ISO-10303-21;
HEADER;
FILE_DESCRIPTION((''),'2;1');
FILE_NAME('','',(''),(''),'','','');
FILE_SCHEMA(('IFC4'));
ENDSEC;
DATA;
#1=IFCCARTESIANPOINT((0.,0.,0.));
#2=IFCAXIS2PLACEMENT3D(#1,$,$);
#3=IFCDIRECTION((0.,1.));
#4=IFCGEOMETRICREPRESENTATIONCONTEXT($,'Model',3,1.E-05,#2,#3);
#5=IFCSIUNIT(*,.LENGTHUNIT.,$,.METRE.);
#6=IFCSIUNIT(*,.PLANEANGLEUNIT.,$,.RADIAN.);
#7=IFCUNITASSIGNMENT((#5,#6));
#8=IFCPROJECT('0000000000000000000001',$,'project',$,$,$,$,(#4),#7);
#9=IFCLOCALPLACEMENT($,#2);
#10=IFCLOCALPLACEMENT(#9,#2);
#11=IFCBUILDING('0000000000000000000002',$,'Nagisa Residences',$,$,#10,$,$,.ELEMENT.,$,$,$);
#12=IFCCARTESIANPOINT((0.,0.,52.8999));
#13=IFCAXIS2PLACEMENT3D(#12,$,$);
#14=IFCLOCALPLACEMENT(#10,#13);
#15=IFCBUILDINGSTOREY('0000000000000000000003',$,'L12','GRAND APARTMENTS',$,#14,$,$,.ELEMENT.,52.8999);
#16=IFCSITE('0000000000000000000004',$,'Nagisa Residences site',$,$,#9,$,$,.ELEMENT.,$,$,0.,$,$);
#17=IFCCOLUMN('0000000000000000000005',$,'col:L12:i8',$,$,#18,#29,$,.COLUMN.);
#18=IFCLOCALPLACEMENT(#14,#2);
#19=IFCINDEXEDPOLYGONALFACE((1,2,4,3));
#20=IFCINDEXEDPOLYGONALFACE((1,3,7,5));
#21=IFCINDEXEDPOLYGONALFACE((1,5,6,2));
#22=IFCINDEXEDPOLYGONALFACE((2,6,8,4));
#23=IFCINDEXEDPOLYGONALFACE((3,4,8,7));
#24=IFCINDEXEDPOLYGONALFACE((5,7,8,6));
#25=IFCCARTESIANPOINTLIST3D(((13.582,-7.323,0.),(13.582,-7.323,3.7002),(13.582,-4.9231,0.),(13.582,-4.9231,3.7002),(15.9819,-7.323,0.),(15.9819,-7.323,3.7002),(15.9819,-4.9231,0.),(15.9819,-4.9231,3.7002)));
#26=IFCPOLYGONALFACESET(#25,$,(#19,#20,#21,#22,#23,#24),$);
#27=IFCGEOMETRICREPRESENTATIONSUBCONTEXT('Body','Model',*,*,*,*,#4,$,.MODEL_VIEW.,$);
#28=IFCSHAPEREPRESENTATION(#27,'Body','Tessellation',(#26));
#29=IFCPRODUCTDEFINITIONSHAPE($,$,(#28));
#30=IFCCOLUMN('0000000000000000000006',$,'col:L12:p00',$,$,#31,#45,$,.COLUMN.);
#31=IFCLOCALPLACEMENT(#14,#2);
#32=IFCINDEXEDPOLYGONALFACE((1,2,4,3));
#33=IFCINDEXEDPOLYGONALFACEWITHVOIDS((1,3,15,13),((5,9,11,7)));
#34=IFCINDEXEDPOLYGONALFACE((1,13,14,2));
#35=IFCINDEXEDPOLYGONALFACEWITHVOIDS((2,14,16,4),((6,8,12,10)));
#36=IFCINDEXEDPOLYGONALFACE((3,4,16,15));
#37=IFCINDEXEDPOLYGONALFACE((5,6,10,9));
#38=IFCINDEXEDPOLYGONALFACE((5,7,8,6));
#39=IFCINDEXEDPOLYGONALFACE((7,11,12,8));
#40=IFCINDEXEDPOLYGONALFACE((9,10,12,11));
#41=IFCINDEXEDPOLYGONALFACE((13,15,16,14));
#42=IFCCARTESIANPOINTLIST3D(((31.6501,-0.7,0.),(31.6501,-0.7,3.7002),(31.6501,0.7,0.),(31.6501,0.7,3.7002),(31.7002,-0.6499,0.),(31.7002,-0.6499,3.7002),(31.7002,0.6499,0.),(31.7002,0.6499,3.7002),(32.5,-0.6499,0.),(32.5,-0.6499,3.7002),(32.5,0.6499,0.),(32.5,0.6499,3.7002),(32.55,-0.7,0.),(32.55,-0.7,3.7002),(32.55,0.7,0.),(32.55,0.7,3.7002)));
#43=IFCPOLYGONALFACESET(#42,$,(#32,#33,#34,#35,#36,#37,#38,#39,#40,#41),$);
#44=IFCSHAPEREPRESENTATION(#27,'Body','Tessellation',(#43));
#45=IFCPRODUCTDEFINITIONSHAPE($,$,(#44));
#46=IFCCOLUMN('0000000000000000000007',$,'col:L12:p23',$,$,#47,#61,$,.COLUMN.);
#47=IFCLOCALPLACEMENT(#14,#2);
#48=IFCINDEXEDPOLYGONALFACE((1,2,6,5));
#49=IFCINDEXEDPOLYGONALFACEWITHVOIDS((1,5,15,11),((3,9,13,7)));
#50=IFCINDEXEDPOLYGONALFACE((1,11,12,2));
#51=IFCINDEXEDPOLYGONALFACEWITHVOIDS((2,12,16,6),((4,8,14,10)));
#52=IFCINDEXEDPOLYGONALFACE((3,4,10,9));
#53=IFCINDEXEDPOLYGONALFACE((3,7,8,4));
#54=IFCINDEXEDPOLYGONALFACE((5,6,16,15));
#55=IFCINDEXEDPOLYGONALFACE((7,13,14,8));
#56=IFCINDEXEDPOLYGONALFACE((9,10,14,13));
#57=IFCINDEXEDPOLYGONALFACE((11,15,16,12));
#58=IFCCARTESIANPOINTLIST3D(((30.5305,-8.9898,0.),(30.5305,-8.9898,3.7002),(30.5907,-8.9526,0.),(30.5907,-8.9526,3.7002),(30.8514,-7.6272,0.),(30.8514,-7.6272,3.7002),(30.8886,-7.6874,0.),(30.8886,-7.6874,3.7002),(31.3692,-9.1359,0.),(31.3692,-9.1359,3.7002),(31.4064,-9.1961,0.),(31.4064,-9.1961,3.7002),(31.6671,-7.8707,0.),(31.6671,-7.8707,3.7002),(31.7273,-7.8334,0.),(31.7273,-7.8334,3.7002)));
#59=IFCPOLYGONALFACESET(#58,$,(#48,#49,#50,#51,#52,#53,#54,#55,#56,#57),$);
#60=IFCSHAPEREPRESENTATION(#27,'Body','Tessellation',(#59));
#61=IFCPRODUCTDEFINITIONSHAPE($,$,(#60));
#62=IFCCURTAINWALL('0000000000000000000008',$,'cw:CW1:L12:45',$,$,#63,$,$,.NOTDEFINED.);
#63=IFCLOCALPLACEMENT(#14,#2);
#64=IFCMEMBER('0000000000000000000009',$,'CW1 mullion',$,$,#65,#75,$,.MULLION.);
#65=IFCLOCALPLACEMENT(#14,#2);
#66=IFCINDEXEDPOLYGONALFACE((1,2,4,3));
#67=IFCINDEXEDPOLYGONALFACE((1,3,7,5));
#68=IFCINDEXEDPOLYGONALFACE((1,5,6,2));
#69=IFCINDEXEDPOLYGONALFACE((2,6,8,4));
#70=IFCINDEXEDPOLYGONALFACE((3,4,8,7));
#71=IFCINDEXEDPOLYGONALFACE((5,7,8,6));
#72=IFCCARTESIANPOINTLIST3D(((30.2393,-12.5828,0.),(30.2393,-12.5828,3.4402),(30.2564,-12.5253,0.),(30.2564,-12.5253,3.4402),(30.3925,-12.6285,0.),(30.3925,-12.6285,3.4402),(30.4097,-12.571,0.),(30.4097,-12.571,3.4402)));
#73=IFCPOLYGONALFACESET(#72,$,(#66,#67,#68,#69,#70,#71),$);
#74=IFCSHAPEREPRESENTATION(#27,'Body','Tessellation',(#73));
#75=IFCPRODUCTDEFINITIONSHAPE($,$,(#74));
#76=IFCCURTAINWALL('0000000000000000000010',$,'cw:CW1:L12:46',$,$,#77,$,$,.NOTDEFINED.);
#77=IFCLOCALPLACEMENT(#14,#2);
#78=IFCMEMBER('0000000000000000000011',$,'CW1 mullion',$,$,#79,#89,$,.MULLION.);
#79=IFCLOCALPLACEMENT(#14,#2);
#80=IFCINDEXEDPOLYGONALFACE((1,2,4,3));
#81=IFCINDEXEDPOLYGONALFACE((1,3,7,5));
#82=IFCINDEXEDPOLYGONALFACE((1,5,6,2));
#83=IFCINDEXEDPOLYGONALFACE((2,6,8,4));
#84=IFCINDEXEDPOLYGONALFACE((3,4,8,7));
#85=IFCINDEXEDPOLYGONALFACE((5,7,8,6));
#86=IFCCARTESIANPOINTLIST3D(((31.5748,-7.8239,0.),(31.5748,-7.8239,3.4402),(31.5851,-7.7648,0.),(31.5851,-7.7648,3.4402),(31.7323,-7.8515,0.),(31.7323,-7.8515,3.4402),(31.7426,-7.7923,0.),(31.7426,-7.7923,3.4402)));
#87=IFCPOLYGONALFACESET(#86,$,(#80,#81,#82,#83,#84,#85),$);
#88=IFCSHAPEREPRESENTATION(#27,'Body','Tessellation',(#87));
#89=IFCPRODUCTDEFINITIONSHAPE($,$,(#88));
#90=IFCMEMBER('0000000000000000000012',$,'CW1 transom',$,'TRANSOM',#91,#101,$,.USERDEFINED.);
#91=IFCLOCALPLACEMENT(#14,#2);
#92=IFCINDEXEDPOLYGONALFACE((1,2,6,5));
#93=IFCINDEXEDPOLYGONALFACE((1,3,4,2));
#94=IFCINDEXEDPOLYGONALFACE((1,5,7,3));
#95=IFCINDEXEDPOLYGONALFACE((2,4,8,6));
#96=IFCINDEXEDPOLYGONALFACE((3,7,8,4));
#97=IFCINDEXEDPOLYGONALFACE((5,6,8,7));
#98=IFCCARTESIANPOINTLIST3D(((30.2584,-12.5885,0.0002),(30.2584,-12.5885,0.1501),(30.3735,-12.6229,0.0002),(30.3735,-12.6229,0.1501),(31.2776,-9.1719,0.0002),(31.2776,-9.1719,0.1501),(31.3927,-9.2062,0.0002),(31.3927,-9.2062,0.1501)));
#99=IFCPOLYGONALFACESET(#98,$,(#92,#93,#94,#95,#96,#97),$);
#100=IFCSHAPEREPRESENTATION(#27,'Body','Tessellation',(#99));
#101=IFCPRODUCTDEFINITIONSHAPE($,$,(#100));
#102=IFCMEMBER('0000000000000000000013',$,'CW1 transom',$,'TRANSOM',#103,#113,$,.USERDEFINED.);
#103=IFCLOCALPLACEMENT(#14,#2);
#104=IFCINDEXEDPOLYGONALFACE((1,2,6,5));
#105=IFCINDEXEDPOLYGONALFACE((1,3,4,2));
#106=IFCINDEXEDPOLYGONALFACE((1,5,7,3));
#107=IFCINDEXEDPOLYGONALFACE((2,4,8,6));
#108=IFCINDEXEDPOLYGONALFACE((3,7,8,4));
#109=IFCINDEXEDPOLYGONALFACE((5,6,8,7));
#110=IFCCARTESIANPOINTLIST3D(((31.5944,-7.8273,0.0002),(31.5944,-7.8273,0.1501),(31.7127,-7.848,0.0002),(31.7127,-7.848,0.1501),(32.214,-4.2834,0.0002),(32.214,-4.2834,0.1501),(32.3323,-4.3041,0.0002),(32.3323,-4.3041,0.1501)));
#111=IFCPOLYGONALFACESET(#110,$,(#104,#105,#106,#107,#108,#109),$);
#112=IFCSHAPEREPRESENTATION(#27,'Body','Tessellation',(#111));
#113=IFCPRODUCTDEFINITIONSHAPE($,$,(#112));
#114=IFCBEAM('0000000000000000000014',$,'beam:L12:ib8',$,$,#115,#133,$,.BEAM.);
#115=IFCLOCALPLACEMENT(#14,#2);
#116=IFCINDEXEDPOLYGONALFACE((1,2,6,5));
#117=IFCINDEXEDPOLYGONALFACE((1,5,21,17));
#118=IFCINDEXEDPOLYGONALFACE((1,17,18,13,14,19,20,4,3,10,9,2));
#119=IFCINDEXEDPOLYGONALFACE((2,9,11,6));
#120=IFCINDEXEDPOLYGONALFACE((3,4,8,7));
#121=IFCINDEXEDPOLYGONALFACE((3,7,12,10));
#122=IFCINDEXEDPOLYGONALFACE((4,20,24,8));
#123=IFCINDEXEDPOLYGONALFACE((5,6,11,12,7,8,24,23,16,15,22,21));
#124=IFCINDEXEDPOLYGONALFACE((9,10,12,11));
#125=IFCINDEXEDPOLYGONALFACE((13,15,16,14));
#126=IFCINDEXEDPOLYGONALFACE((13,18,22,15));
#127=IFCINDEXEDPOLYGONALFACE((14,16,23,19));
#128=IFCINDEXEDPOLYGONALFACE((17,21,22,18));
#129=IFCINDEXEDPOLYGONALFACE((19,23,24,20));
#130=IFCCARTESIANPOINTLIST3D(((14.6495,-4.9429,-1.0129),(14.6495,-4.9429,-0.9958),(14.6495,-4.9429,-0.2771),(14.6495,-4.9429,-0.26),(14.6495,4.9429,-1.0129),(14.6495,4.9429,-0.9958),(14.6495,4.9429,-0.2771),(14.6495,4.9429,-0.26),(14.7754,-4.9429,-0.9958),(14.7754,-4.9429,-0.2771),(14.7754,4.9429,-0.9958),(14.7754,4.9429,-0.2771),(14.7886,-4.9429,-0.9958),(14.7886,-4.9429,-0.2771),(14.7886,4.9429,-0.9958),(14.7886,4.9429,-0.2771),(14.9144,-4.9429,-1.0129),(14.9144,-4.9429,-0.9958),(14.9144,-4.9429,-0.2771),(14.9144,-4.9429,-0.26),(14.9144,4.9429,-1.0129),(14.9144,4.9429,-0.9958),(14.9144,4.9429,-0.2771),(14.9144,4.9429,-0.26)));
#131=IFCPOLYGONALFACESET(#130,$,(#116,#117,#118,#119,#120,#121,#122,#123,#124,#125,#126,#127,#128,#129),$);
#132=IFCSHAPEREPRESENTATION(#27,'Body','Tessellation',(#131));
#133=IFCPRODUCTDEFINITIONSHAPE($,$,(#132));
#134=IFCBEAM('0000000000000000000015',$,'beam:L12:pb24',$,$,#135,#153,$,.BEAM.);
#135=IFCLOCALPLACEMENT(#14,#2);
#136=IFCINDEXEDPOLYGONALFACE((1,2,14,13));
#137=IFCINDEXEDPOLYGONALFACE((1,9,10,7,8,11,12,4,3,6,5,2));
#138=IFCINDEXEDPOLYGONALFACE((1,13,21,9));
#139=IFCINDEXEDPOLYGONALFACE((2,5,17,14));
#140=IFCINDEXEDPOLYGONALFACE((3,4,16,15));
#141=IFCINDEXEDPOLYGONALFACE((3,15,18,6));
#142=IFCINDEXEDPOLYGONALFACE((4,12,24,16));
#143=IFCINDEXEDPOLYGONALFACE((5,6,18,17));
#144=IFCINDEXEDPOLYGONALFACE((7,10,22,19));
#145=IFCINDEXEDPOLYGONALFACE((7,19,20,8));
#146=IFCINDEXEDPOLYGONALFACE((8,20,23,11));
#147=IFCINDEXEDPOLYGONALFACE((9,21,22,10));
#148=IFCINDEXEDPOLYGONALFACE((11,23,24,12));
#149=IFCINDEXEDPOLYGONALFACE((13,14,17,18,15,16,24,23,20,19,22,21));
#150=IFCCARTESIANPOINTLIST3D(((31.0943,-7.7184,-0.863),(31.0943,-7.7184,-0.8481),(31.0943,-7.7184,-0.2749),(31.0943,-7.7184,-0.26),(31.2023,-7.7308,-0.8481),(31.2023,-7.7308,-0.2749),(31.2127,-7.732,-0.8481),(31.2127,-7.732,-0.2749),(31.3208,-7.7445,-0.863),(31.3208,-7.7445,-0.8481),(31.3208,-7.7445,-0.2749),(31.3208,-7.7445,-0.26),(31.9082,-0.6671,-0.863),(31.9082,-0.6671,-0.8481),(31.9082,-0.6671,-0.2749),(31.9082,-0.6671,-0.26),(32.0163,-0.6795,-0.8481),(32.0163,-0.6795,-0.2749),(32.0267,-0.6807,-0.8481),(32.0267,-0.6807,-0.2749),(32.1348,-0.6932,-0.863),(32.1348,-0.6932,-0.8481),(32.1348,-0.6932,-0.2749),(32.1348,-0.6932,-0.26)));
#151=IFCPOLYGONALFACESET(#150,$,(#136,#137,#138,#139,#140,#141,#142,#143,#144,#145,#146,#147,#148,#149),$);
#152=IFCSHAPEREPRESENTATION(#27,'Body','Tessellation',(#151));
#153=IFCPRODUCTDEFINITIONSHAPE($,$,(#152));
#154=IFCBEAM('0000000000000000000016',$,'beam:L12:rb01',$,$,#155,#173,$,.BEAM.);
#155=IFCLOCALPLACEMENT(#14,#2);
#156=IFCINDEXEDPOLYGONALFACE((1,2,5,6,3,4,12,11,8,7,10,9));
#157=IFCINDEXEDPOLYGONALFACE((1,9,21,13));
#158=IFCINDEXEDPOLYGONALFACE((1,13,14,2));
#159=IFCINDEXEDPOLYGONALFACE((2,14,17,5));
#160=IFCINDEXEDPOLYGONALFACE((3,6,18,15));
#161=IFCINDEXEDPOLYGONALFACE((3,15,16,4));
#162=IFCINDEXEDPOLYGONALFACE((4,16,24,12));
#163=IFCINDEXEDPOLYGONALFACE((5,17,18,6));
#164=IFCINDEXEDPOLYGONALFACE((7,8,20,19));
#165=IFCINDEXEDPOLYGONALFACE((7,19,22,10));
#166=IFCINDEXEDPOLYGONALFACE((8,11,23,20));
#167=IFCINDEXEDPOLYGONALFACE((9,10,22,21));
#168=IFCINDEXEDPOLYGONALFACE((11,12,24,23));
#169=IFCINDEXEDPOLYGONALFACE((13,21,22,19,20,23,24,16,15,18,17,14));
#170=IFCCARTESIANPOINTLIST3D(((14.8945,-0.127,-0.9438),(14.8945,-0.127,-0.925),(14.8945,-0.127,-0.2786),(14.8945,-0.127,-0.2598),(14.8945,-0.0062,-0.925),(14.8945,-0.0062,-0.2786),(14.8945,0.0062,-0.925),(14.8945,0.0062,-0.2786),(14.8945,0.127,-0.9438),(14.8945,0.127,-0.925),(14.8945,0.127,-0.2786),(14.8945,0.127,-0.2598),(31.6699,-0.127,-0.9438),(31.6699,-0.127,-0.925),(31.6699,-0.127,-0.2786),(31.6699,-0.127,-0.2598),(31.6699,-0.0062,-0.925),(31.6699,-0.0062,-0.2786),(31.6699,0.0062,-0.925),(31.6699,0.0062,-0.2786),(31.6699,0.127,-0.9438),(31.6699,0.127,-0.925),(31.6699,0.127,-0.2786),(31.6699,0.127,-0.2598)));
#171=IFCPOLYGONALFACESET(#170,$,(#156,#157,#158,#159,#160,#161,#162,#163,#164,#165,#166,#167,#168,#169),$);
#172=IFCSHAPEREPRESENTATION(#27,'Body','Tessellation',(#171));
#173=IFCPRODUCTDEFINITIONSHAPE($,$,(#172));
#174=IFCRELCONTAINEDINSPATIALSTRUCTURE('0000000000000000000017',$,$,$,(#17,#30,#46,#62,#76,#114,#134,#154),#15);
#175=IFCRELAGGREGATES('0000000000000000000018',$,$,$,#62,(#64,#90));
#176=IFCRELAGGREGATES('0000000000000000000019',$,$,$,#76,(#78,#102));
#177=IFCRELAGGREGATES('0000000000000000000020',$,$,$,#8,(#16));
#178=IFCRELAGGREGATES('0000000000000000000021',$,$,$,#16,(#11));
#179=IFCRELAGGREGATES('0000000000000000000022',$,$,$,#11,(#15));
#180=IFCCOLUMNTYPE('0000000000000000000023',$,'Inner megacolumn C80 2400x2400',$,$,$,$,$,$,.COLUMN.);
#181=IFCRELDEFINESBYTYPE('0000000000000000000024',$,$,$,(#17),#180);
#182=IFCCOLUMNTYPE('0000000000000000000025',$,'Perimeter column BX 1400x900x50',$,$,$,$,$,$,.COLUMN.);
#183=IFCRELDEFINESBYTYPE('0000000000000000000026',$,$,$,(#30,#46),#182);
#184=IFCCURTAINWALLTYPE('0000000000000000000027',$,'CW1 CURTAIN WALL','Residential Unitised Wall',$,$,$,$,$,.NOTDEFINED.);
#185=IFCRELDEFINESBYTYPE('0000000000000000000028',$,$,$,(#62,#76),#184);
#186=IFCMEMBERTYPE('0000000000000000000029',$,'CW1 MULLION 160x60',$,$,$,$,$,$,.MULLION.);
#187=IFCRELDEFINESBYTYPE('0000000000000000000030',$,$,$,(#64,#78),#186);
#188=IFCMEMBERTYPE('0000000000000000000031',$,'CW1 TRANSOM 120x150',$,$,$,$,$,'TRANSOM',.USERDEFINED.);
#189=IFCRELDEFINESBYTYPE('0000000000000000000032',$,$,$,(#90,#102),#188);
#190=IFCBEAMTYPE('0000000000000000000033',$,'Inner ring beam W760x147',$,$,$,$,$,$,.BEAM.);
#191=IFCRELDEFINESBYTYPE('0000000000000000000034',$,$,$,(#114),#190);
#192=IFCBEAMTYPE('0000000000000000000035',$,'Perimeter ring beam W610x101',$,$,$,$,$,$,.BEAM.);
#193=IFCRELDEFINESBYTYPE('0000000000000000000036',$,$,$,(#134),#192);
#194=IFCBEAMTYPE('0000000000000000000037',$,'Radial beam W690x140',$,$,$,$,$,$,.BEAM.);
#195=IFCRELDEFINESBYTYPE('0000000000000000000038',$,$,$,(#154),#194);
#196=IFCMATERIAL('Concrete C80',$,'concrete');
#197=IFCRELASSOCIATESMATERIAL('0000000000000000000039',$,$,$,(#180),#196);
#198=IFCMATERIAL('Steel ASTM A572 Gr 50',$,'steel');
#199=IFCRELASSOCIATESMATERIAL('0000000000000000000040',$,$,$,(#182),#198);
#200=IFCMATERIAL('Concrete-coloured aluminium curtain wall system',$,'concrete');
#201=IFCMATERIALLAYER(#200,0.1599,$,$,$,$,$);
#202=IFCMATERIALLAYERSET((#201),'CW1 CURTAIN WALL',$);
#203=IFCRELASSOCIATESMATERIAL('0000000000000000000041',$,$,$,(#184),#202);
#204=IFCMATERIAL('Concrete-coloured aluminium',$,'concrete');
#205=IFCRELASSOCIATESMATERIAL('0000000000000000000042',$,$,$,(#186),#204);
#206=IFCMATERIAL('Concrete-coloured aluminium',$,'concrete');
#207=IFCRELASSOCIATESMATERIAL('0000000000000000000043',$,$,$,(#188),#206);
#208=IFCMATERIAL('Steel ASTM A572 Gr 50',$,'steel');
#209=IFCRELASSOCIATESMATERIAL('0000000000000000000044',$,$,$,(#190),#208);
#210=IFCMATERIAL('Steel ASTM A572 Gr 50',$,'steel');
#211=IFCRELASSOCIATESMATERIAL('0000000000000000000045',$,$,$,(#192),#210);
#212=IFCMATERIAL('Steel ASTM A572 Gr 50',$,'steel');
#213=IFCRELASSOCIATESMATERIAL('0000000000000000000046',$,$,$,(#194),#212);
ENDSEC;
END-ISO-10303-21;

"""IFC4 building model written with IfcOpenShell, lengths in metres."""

from ifc_helpers import new_model, si_unit, direction, frame, origin, origin_2d, place, context, subcontext, project, spatial, rectangle, hollow_rectangle, i_section, extrude, material, layer, layer_set, material_profile, profile_set, type_object, element, aggregate, save


model = new_model("IFC4")

# Units and contexts
model_context = context("Model", 3, precision=1e-05, world=origin(), true_north=direction((0.0, 1.0)))
body_context = subcontext(model_context, "Body", "Model", "MODEL_VIEW")
ifc_project = project(units=[si_unit("LENGTHUNIT", "METRE"), si_unit("PLANEANGLEUNIT", "RADIAN")], contexts=[model_context])

# Site, building, storey
site_placement = place(None, origin())
site = spatial("IfcSite", under=ifc_project, at=site_placement, Name="Nagisa Residences site", CompositionType="ELEMENT", RefElevation=0.0)
building_placement = place(site_placement, origin())
building = spatial("IfcBuilding", under=site, at=building_placement, Name="Nagisa Residences", CompositionType="ELEMENT")
storey_placement = place(building_placement, frame((0.0, 0.0, 52.8999)))
storey = spatial("IfcBuildingStorey", under=building, at=storey_placement, Name="L12", Description="GRAND APARTMENTS", CompositionType="ELEMENT", Elevation=52.8999)

# Columns
ifc_material_1 = material(Name="Concrete C80", Category="concrete")
ifc_material_profile_1 = material_profile(ifc_material_1, rectangle(XDim=2.3999, YDim=2.3999, at=origin_2d()), Name="C80 2400x2400")
ifc_profile_set_1 = profile_set([ifc_material_profile_1], Name="Concrete C80")
column_type_1 = type_object("IfcColumnType", Name="Inner megacolumn C80 2400x2400", PredefinedType="COLUMN", material=ifc_profile_set_1)
column_placement = place(storey_placement, frame((14.782, -6.123, 0.0), z_axis=(0.0, 0.0, 1.0), x_axis=(1.0, 0.0, 0.0)))
element("IfcColumn", 1, at=column_placement, inside=storey, type_object=column_type_1, Name="col:L12:i8", PredefinedType="COLUMN", context=body_context, shape_type="SweptSolid", body=[
    extrude(rectangle(XDim=2.3999, YDim=2.3999, at=origin_2d()), origin(), (0.0, 0.0, 1.0), 3.7002),
])
ifc_material_2 = material(Name="Steel ASTM A572 Gr 50", Category="steel")
ifc_material_profile_2 = material_profile(ifc_material_2, hollow_rectangle(XDim=1.3999, YDim=0.8999, WallThickness=0.05, at=origin_2d()), Name="BX 1400x900x50")
ifc_profile_set_2 = profile_set([ifc_material_profile_2], Name="Steel ASTM A572 Gr 50")
column_type_2 = type_object("IfcColumnType", Name="Perimeter column BX 1400x900x50", PredefinedType="COLUMN", material=ifc_profile_set_2)
for number, where, z_axis, x_axis, name in (
    (2, (32.1001, 0.0, 0.0), (0.0, 0.0, 1.0), (0.0, 1.0, 0.0), "col:L12:p00"),
    (3, (31.1289, -8.4116, 0.0), (0.0, 0.0, 1.0), (0.229202, 0.973379, 0.0), "col:L12:p23"),
):
    element("IfcColumn", number, at=place(storey_placement, frame(where, z_axis=z_axis, x_axis=x_axis)), inside=storey, type_object=column_type_2, Name=name, PredefinedType="COLUMN", context=body_context, shape_type="SweptSolid", body=[
        extrude(hollow_rectangle(XDim=1.3999, YDim=0.8999, WallThickness=0.05, at=origin_2d()), origin(), (0.0, 0.0, 1.0), 3.7002),
    ])

# Curtain walls, members
ifc_material_3 = material(Name="Concrete-coloured aluminium curtain wall system", Category="concrete")
ifc_layer_1 = layer(ifc_material_3, 0.1599)
ifc_layer_set_1 = layer_set([ifc_layer_1], Name="CW1 CURTAIN WALL")
curtain_wall_type = type_object("IfcCurtainWallType", Name="CW1 CURTAIN WALL", Description="Residential Unitised Wall", PredefinedType="NOTDEFINED", material=ifc_layer_set_1)
curtain_wall_1_placement = place(storey_placement, origin())
curtain_wall_1 = element("IfcCurtainWall", 4, at=curtain_wall_1_placement, inside=storey, type_object=curtain_wall_type, Name="cw:CW1:L12:45", PredefinedType="NOTDEFINED")
ifc_material_4 = material(Name="Concrete-coloured aluminium", Category="concrete")
ifc_material_profile_3 = material_profile(ifc_material_4, rectangle(XDim=0.1599, YDim=0.0601, at=origin_2d()), Name="CW1 MULLION 160x60")
ifc_profile_set_3 = profile_set([ifc_material_profile_3], Name="Concrete-coloured aluminium")
member_type_1 = type_object("IfcMemberType", Name="CW1 MULLION 160x60", PredefinedType="MULLION", material=ifc_profile_set_3)
member_1_placement = place(storey_placement, frame((30.3245, -12.5769, 0.0), z_axis=(0.0, 0.0, 1.0), x_axis=(-0.958271, 0.28586, 0.0)))
member_1 = element("IfcMember", 5, at=member_1_placement, type_object=member_type_1, Name="CW1 mullion", PredefinedType="MULLION", context=body_context, shape_type="SweptSolid", body=[
    extrude(rectangle(XDim=0.1599, YDim=0.0601, at=origin_2d()), origin(), (0.0, 0.0, 1.0), 3.4402),
])
curtain_wall_2_placement = place(storey_placement, origin())
curtain_wall_2 = element("IfcCurtainWall", 6, at=curtain_wall_2_placement, inside=storey, type_object=curtain_wall_type, Name="cw:CW1:L12:46", PredefinedType="NOTDEFINED")
member_2_placement = place(storey_placement, frame((31.6587, -7.8081, 0.0), z_axis=(0.0, 0.0, 1.0), x_axis=(-0.985064, 0.172191, 0.0)))
member_2 = element("IfcMember", 7, at=member_2_placement, type_object=member_type_1, Name="CW1 mullion", PredefinedType="MULLION", context=body_context, shape_type="SweptSolid", body=[
    extrude(rectangle(XDim=0.1599, YDim=0.0601, at=origin_2d()), origin(), (0.0, 0.0, 1.0), 3.4402),
])

# Members
ifc_material_5 = material(Name="Concrete-coloured aluminium", Category="concrete")
ifc_material_profile_4 = material_profile(ifc_material_5, rectangle(XDim=0.1201, YDim=0.1499, at=origin_2d()), Name="CW1 TRANSOM 120x150")
ifc_profile_set_4 = profile_set([ifc_material_profile_4], Name="Concrete-coloured aluminium")
member_type_2 = type_object("IfcMemberType", Name="CW1 TRANSOM 120x150", ElementType="TRANSOM", PredefinedType="USERDEFINED", material=ifc_profile_set_4)
member_3_placement = place(storey_placement, frame((30.3159, -12.6057, 0.0752), z_axis=(0.285871, 0.958268, 0.0), x_axis=(-0.958268, 0.285871, 0.0)))
member_3 = element("IfcMember", 8, at=member_3_placement, type_object=member_type_2, Name="CW1 transom", ObjectType="TRANSOM", PredefinedType="USERDEFINED", context=body_context, shape_type="SweptSolid", body=[
    extrude(rectangle(XDim=0.1201, YDim=0.1499, at=origin_2d()), origin(), (0.0, 0.0, 1.0), 3.5654),
])
member_4_placement = place(storey_placement, frame((31.6536, -7.8376, 0.0752), z_axis=(0.172229, 0.985057, 0.0), x_axis=(-0.985057, 0.172229, 0.0)))
member_4 = element("IfcMember", 9, at=member_4_placement, type_object=member_type_2, Name="CW1 transom", ObjectType="TRANSOM", PredefinedType="USERDEFINED", context=body_context, shape_type="SweptSolid", body=[
    extrude(rectangle(XDim=0.1201, YDim=0.1499, at=origin_2d()), origin(), (0.0, 0.0, 1.0), 3.5977),
])

# Beams
ifc_material_6 = material(Name="Steel ASTM A572 Gr 50", Category="steel")
ifc_material_profile_5 = material_profile(ifc_material_6, i_section(OverallWidth=0.2649, OverallDepth=0.7529, WebThickness=0.0132, FlangeThickness=0.0171, at=origin_2d()), Name="W760x147")
ifc_profile_set_5 = profile_set([ifc_material_profile_5], Name="Steel ASTM A572 Gr 50")
beam_type_1 = type_object("IfcBeamType", Name="Inner ring beam W760x147", PredefinedType="BEAM", material=ifc_profile_set_5)
beam_1_placement = place(storey_placement, frame((14.782, -4.9429, -0.6365), z_axis=(0.0, 1.0, 0.0), x_axis=(-1.0, 0.0, 0.0)))
element("IfcBeam", 10, at=beam_1_placement, inside=storey, type_object=beam_type_1, Name="beam:L12:ib8", PredefinedType="BEAM", context=body_context, shape_type="SweptSolid", body=[
    extrude(i_section(OverallWidth=0.2649, OverallDepth=0.7529, WebThickness=0.0132, FlangeThickness=0.0171, at=origin_2d()), origin(), (0.0, 0.0, 1.0), 9.8857),
])
ifc_material_7 = material(Name="Steel ASTM A572 Gr 50", Category="steel")
ifc_material_profile_6 = material_profile(ifc_material_7, i_section(OverallWidth=0.228, OverallDepth=0.603, WebThickness=0.0105, FlangeThickness=0.0149, at=origin_2d()), Name="W610x101")
ifc_profile_set_6 = profile_set([ifc_material_profile_6], Name="Steel ASTM A572 Gr 50")
beam_type_2 = type_object("IfcBeamType", Name="Perimeter ring beam W610x101", PredefinedType="BEAM", material=ifc_profile_set_6)
beam_2_placement = place(storey_placement, frame((31.2075, -7.7314, -0.5615), z_axis=(0.114674, 0.993403, 0.0), x_axis=(-0.993403, 0.114674, 0.0)))
element("IfcBeam", 11, at=beam_2_placement, inside=storey, type_object=beam_type_2, Name="beam:L12:pb24", PredefinedType="BEAM", context=body_context, shape_type="SweptSolid", body=[
    extrude(i_section(OverallWidth=0.228, OverallDepth=0.603, WebThickness=0.0105, FlangeThickness=0.0149, at=origin_2d()), origin(), (0.0, 0.0, 1.0), 7.0981),
])
ifc_material_8 = material(Name="Steel ASTM A572 Gr 50", Category="steel")
ifc_material_profile_7 = material_profile(ifc_material_8, i_section(OverallWidth=0.2539, OverallDepth=0.6841, WebThickness=0.0125, FlangeThickness=0.0188, at=origin_2d()), Name="W690x140")
ifc_profile_set_7 = profile_set([ifc_material_profile_7], Name="Steel ASTM A572 Gr 50")
beam_type_3 = type_object("IfcBeamType", Name="Radial beam W690x140", PredefinedType="BEAM", material=ifc_profile_set_7)
beam_3_placement = place(storey_placement, frame((31.6699, 0.0, -0.6018), z_axis=(-1.0, 0.0, 0.0), x_axis=(0.0, -1.0, 0.0)))
element("IfcBeam", 12, at=beam_3_placement, inside=storey, type_object=beam_type_3, Name="beam:L12:rb01", PredefinedType="BEAM", context=body_context, shape_type="SweptSolid", body=[
    extrude(i_section(OverallWidth=0.2539, OverallDepth=0.6841, WebThickness=0.0125, FlangeThickness=0.0188, at=origin_2d()), origin(), (0.0, 0.0, 1.0), 16.7754),
])

aggregate(curtain_wall_1, [member_1, member_3])
aggregate(curtain_wall_2, [member_2, member_4])

save(model, "model.ifc")
